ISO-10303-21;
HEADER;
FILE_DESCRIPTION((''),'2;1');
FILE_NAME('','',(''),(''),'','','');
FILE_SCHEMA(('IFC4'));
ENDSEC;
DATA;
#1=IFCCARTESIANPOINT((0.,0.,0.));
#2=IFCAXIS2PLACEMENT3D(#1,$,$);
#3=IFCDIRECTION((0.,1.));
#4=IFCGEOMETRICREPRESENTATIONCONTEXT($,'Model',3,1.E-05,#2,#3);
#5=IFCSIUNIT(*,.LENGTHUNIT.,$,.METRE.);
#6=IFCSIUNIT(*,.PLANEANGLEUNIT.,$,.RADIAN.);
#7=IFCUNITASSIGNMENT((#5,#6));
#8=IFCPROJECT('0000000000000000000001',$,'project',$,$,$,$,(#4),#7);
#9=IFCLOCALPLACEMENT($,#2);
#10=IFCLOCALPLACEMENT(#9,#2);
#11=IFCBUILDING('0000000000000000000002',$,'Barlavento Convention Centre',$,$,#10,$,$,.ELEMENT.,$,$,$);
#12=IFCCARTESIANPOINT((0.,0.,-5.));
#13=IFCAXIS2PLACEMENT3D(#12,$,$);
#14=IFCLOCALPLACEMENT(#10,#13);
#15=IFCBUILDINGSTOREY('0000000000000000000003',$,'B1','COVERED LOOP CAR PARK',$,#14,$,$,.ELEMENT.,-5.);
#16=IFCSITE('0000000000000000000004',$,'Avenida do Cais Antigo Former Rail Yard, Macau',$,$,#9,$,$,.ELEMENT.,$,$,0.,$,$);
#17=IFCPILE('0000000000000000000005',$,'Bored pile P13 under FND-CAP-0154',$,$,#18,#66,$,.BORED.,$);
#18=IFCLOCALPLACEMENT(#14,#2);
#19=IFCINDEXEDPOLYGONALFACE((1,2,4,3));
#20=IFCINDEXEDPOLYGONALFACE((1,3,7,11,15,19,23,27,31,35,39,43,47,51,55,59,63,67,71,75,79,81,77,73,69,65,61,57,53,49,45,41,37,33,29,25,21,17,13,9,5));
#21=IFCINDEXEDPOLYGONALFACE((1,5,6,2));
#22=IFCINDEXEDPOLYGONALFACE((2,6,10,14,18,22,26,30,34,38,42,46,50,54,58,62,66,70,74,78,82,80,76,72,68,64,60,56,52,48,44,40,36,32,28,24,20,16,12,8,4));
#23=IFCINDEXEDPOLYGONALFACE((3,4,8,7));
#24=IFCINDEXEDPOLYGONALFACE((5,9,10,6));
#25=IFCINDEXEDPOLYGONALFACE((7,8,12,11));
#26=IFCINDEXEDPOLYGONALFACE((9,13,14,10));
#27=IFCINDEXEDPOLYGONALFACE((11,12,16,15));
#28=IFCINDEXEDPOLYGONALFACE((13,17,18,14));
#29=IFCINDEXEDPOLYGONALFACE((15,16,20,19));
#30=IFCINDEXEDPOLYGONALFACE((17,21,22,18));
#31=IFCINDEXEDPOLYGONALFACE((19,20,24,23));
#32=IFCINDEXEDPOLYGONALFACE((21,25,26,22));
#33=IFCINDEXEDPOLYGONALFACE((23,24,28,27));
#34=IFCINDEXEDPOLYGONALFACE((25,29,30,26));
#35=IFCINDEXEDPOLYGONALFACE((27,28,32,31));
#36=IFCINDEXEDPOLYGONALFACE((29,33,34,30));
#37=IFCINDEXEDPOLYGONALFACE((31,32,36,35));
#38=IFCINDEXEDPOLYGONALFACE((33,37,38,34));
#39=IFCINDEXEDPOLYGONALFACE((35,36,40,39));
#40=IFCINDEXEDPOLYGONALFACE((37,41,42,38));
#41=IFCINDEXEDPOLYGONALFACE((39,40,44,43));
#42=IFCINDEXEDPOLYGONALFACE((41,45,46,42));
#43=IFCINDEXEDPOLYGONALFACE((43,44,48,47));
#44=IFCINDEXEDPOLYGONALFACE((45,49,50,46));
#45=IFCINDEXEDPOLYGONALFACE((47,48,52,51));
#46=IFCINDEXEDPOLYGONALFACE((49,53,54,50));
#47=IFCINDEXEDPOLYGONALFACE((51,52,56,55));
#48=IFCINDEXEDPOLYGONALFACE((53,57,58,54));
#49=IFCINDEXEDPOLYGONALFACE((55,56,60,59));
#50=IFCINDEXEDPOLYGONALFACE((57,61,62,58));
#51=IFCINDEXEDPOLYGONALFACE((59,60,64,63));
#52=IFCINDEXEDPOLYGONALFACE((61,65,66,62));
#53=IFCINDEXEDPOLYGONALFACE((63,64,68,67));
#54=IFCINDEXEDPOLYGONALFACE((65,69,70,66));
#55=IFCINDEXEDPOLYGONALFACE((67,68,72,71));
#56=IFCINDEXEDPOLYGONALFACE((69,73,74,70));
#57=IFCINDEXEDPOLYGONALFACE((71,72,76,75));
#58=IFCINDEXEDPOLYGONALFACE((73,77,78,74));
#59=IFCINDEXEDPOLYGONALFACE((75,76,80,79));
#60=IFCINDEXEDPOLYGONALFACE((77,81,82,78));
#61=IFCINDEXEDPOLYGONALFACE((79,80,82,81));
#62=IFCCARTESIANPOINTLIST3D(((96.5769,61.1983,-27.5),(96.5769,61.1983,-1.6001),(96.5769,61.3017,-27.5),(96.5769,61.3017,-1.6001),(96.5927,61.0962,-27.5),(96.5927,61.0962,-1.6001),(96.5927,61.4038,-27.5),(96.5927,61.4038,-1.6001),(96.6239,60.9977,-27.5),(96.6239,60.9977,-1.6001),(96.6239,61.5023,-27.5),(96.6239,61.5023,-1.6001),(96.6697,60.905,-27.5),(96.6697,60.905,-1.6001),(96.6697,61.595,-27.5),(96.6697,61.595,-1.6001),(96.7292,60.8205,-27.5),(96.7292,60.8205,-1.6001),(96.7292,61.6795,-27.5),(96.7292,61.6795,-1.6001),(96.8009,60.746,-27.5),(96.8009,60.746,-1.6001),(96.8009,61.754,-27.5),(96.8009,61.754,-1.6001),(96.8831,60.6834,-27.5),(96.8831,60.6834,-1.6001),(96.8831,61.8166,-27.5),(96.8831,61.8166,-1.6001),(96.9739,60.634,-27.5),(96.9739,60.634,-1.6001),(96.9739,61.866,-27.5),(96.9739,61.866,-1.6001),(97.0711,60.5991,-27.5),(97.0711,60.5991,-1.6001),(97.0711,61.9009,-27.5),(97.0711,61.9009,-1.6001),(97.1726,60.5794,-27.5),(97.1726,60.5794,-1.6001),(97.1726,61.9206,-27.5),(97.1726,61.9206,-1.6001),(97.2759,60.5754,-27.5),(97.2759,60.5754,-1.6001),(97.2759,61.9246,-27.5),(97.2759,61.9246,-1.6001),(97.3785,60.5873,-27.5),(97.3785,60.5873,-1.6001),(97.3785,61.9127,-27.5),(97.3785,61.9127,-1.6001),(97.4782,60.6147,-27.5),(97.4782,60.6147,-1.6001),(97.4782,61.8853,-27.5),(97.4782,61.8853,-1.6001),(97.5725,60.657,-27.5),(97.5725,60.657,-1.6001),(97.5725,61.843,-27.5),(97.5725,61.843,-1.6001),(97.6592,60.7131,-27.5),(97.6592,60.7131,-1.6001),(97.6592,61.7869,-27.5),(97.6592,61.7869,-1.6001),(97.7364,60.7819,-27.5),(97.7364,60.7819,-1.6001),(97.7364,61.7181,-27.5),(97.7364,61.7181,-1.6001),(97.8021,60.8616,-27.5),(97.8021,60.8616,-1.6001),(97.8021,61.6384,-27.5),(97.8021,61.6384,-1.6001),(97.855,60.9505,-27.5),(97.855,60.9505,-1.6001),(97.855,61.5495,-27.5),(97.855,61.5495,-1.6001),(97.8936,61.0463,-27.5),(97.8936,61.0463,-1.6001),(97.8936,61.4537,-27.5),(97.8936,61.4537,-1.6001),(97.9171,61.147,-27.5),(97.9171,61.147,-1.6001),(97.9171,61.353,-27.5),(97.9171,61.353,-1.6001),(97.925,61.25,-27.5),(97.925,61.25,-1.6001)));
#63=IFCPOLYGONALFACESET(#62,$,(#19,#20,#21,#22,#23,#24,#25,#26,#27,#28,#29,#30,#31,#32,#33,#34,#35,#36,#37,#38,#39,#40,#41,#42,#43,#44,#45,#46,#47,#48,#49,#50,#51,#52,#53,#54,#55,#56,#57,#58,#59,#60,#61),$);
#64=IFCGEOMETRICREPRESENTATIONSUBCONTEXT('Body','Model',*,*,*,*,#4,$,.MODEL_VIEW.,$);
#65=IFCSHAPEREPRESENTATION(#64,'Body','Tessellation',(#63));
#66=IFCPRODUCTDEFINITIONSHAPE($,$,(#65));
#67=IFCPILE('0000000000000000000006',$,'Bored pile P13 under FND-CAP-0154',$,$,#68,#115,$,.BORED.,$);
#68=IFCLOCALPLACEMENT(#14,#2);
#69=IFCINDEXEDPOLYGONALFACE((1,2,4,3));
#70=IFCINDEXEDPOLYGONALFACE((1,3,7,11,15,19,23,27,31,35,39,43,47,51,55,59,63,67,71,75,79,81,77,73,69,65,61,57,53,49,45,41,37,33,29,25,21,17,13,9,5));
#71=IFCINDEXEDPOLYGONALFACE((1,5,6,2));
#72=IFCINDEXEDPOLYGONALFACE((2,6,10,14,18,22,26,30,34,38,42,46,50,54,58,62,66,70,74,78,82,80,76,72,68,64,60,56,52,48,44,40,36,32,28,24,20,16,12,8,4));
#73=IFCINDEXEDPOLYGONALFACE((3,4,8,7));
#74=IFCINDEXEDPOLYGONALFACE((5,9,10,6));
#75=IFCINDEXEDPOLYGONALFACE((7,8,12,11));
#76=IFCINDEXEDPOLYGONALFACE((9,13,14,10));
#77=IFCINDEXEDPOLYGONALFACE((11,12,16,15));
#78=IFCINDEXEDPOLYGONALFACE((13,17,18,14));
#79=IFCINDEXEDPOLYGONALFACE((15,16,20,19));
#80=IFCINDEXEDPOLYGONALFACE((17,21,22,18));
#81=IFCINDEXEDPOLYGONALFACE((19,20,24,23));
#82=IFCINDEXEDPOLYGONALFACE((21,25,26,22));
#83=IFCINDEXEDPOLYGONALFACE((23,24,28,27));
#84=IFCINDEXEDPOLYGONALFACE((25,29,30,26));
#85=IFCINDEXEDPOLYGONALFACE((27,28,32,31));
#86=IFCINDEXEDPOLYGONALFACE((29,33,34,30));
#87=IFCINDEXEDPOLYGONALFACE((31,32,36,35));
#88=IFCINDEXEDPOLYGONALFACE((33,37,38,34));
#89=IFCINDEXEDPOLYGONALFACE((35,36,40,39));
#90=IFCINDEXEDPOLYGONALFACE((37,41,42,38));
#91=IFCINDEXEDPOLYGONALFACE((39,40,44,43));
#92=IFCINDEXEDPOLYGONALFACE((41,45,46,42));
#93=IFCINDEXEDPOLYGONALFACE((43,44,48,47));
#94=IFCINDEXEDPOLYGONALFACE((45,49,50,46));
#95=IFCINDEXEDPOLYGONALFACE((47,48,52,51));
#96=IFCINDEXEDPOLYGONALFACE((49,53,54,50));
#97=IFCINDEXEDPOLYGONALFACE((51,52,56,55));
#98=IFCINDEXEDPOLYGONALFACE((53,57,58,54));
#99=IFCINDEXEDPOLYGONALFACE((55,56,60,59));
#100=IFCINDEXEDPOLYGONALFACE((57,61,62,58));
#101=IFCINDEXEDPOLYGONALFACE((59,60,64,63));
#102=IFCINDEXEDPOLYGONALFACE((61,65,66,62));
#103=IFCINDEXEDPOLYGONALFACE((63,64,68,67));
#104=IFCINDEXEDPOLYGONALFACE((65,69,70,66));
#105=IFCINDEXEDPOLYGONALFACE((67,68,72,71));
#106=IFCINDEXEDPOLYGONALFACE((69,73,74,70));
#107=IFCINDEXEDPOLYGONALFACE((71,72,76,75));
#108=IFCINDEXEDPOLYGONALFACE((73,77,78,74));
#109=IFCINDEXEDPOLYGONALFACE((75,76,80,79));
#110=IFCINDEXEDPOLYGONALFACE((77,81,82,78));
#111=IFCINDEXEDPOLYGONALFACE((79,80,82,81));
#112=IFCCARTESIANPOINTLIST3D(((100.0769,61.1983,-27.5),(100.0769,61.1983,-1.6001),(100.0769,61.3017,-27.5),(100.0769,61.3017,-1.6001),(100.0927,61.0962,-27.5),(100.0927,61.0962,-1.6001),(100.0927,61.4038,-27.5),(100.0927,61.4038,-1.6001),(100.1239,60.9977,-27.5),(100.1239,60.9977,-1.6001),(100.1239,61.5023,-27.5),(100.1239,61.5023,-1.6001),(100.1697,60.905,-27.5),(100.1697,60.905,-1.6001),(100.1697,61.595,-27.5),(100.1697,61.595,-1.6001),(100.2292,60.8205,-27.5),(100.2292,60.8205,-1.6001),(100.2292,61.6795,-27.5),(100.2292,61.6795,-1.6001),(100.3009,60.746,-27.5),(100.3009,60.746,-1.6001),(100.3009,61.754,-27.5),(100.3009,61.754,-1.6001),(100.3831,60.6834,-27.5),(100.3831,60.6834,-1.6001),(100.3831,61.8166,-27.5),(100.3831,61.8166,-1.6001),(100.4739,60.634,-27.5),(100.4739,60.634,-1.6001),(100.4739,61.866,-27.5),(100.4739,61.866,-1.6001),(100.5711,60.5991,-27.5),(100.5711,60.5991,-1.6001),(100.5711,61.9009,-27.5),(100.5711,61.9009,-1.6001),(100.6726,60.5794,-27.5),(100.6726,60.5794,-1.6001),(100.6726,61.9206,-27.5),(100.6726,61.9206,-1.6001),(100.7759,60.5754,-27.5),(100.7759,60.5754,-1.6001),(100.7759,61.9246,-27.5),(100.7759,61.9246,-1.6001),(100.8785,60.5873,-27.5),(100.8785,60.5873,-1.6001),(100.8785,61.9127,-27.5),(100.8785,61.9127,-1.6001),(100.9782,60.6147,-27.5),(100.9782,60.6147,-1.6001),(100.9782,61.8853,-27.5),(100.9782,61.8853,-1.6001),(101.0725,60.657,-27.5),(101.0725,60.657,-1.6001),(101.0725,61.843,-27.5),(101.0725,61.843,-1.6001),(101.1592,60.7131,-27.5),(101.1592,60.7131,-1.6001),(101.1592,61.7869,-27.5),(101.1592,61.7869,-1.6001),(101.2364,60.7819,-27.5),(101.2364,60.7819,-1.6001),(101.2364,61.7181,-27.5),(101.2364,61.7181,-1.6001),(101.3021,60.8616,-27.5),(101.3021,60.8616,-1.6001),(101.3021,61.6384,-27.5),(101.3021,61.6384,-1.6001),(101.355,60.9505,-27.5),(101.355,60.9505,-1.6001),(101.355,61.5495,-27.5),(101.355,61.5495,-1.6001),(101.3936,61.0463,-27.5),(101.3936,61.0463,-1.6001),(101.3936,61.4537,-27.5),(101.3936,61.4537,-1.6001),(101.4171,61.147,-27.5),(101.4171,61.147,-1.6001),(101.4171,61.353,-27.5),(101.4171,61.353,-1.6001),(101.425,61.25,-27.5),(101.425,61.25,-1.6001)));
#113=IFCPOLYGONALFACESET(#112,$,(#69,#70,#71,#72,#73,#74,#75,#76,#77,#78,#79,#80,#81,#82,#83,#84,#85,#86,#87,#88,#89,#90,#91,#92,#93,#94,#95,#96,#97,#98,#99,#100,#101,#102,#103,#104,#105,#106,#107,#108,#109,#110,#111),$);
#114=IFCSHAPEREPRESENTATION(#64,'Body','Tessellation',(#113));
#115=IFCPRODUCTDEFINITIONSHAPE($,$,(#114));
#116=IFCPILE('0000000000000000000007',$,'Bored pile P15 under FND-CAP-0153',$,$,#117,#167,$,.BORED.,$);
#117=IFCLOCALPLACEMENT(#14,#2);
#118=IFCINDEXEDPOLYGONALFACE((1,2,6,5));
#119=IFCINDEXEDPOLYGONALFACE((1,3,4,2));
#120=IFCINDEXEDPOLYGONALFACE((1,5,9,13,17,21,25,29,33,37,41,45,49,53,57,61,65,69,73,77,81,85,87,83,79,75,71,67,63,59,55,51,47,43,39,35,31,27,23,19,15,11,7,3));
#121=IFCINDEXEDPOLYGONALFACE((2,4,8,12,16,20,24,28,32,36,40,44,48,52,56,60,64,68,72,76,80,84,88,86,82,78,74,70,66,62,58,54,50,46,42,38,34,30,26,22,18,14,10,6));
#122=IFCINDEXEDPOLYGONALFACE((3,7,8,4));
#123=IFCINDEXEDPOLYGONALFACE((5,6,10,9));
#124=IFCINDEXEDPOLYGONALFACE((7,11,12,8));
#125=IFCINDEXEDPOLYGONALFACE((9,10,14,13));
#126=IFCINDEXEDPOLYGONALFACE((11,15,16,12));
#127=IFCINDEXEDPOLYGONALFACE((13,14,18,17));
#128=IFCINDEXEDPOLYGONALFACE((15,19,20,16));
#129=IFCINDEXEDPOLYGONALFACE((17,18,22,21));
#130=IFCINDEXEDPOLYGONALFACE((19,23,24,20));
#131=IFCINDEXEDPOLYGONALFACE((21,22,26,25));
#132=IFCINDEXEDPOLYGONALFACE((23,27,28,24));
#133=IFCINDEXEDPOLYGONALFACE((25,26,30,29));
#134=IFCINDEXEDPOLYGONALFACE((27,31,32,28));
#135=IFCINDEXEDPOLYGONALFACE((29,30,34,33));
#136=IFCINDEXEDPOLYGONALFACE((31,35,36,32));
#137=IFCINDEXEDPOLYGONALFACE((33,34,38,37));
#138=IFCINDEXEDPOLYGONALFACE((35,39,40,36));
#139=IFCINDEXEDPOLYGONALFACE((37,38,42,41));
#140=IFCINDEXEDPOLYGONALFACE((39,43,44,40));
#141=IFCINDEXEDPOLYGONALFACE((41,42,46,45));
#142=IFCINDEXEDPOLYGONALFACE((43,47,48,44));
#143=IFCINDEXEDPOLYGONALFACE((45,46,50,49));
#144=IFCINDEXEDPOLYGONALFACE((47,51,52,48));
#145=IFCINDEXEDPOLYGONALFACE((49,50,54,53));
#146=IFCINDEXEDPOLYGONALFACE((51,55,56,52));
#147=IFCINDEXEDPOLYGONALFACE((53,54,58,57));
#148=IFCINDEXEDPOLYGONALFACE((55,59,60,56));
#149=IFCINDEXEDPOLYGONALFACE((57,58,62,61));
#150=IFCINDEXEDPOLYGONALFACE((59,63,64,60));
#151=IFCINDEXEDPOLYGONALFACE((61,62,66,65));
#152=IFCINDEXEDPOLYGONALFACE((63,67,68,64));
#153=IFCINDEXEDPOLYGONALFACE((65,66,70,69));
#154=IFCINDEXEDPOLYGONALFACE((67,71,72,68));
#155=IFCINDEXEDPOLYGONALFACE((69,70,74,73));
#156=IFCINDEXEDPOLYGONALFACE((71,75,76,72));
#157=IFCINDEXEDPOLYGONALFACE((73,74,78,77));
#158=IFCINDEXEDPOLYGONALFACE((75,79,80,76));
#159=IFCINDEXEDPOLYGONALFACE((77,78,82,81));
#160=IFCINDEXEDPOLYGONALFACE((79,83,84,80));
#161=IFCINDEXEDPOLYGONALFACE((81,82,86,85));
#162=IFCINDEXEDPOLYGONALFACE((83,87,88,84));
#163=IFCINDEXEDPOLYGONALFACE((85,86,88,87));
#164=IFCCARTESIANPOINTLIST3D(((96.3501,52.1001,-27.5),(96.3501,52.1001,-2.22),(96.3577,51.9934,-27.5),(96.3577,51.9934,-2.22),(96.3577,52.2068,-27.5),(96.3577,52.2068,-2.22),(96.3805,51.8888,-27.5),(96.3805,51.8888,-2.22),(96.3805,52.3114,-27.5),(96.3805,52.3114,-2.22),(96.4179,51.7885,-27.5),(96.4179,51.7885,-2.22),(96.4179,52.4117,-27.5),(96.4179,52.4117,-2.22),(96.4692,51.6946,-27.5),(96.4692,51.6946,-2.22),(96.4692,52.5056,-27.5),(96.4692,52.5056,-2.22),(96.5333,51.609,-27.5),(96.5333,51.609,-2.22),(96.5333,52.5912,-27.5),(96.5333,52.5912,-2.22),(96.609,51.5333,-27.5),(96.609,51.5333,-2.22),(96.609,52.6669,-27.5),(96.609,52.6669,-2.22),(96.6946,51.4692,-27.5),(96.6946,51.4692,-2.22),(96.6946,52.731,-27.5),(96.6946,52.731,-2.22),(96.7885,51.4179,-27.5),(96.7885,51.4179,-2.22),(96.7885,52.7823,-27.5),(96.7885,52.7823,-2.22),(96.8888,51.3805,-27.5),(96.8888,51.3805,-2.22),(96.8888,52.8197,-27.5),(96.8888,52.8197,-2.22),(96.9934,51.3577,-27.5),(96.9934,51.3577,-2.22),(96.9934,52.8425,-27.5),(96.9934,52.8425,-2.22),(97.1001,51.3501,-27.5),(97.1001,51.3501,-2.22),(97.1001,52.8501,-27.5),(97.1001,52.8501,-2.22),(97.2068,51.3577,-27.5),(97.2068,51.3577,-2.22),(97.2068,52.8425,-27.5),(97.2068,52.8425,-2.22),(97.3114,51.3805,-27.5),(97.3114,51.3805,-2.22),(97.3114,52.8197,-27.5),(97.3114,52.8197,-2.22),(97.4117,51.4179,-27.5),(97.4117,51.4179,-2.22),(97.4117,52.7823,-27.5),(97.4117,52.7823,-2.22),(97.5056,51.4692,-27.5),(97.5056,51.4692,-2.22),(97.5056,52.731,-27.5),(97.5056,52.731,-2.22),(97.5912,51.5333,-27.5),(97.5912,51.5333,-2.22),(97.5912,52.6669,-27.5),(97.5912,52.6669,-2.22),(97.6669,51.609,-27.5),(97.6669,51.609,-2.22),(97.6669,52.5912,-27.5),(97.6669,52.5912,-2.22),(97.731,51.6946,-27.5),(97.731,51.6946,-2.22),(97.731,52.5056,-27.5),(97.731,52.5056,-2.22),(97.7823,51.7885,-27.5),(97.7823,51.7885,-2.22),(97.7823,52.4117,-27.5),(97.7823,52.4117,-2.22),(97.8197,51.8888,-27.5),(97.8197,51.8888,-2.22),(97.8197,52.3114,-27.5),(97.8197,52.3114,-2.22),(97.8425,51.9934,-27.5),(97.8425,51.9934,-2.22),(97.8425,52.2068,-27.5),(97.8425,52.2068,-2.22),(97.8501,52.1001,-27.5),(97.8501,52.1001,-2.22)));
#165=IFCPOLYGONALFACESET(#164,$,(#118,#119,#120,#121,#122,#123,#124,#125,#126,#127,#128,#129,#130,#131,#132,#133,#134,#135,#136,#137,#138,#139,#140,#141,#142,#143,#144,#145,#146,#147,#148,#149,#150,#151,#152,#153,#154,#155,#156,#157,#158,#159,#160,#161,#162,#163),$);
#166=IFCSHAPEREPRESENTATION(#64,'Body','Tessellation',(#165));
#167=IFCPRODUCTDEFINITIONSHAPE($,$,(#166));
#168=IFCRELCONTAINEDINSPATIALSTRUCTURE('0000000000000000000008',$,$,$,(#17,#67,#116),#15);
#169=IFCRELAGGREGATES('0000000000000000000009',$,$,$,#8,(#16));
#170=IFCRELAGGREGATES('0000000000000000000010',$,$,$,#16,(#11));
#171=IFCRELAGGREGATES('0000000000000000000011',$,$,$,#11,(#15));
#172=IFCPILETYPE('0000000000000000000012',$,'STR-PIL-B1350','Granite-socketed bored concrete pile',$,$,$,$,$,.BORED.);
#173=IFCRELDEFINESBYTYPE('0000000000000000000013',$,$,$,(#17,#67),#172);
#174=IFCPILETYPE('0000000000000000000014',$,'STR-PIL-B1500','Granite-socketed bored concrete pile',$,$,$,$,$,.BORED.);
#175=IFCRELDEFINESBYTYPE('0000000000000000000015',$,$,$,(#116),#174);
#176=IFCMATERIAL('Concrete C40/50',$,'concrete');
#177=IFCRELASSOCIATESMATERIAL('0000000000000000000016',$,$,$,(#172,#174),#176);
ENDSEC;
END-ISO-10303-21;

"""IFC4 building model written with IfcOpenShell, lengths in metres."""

from ifc_helpers import new_model, si_unit, direction, frame, origin, origin_2d, place, context, subcontext, project, spatial, circle, extrude, material, material_profile, profile_set, type_object, element, save


model = new_model("IFC4")

# Units and contexts
model_context = context("Model", 3, precision=1e-05, world=origin(), true_north=direction((0.0, 1.0)))
body_context = subcontext(model_context, "Body", "Model", "MODEL_VIEW")
ifc_project = project(units=[si_unit("LENGTHUNIT", "METRE"), si_unit("PLANEANGLEUNIT", "RADIAN")], contexts=[model_context])

# Site, building, storey
site_placement = place(None, origin())
site = spatial("IfcSite", under=ifc_project, at=site_placement, Name="Avenida do Cais Antigo Former Rail Yard, Macau", CompositionType="ELEMENT", RefElevation=0.0)
building_placement = place(site_placement, origin())
building = spatial("IfcBuilding", under=site, at=building_placement, Name="Barlavento Convention Centre", CompositionType="ELEMENT")
storey_placement = place(building_placement, frame((0.0, 0.0, -5.0)))
storey = spatial("IfcBuildingStorey", under=building, at=storey_placement, Name="B1", Description="COVERED LOOP CAR PARK", CompositionType="ELEMENT", Elevation=-5.0)

# Shared definitions
ifc_material_1 = material(Name="Concrete C40/50", Category="concrete")

# Piles
ifc_material_profile_1 = material_profile(ifc_material_1, circle(Radius=0.675, at=origin_2d()), Name="BORED PILE 1350")
ifc_profile_set_1 = profile_set([ifc_material_profile_1], Name="Concrete C40/50")
pile_type_1 = type_object("IfcPileType", Name="STR-PIL-B1350", Description="Granite-socketed bored concrete pile", PredefinedType="BORED", material=ifc_profile_set_1)
for number, where, z_axis, x_axis, name in (
    (1, (97.25, 61.25, -1.6001), (0.0, 0.0, -1.0), (1.0, 0.0, 0.0), "Bored pile P13 under FND-CAP-0154"),
    (2, (100.75, 61.25, -1.6001), (0.0, 0.0, -1.0), (1.0, 0.0, 0.0), "Bored pile P13 under FND-CAP-0154"),
):
    element("IfcPile", number, at=place(storey_placement, frame(where, z_axis=z_axis, x_axis=x_axis)), inside=storey, type_object=pile_type_1, Name=name, PredefinedType="BORED", context=body_context, shape_type="SweptSolid", body=[
        extrude(circle(Radius=0.675, at=origin_2d()), origin(), (0.0, 0.0, 1.0), 25.8999),
    ])
ifc_material_profile_2 = material_profile(ifc_material_1, circle(Radius=0.75, at=origin_2d()), Name="BORED PILE 1500")
ifc_profile_set_2 = profile_set([ifc_material_profile_2], Name="Concrete C40/50")
pile_type_2 = type_object("IfcPileType", Name="STR-PIL-B1500", Description="Granite-socketed bored concrete pile", PredefinedType="BORED", material=ifc_profile_set_2)
for number, where, z_axis, x_axis, name in (
    (3, (97.1001, 52.1001, -2.22), (0.0, 0.0, -1.0), (1.0, 0.0, 0.0), "Bored pile P15 under FND-CAP-0153"),
):
    element("IfcPile", number, at=place(storey_placement, frame(where, z_axis=z_axis, x_axis=x_axis)), inside=storey, type_object=pile_type_2, Name=name, PredefinedType="BORED", context=body_context, shape_type="SweptSolid", body=[
        extrude(circle(Radius=0.75, at=origin_2d()), origin(), (0.0, 0.0, 1.0), 25.28),
    ])

save(model, "model.ifc")
